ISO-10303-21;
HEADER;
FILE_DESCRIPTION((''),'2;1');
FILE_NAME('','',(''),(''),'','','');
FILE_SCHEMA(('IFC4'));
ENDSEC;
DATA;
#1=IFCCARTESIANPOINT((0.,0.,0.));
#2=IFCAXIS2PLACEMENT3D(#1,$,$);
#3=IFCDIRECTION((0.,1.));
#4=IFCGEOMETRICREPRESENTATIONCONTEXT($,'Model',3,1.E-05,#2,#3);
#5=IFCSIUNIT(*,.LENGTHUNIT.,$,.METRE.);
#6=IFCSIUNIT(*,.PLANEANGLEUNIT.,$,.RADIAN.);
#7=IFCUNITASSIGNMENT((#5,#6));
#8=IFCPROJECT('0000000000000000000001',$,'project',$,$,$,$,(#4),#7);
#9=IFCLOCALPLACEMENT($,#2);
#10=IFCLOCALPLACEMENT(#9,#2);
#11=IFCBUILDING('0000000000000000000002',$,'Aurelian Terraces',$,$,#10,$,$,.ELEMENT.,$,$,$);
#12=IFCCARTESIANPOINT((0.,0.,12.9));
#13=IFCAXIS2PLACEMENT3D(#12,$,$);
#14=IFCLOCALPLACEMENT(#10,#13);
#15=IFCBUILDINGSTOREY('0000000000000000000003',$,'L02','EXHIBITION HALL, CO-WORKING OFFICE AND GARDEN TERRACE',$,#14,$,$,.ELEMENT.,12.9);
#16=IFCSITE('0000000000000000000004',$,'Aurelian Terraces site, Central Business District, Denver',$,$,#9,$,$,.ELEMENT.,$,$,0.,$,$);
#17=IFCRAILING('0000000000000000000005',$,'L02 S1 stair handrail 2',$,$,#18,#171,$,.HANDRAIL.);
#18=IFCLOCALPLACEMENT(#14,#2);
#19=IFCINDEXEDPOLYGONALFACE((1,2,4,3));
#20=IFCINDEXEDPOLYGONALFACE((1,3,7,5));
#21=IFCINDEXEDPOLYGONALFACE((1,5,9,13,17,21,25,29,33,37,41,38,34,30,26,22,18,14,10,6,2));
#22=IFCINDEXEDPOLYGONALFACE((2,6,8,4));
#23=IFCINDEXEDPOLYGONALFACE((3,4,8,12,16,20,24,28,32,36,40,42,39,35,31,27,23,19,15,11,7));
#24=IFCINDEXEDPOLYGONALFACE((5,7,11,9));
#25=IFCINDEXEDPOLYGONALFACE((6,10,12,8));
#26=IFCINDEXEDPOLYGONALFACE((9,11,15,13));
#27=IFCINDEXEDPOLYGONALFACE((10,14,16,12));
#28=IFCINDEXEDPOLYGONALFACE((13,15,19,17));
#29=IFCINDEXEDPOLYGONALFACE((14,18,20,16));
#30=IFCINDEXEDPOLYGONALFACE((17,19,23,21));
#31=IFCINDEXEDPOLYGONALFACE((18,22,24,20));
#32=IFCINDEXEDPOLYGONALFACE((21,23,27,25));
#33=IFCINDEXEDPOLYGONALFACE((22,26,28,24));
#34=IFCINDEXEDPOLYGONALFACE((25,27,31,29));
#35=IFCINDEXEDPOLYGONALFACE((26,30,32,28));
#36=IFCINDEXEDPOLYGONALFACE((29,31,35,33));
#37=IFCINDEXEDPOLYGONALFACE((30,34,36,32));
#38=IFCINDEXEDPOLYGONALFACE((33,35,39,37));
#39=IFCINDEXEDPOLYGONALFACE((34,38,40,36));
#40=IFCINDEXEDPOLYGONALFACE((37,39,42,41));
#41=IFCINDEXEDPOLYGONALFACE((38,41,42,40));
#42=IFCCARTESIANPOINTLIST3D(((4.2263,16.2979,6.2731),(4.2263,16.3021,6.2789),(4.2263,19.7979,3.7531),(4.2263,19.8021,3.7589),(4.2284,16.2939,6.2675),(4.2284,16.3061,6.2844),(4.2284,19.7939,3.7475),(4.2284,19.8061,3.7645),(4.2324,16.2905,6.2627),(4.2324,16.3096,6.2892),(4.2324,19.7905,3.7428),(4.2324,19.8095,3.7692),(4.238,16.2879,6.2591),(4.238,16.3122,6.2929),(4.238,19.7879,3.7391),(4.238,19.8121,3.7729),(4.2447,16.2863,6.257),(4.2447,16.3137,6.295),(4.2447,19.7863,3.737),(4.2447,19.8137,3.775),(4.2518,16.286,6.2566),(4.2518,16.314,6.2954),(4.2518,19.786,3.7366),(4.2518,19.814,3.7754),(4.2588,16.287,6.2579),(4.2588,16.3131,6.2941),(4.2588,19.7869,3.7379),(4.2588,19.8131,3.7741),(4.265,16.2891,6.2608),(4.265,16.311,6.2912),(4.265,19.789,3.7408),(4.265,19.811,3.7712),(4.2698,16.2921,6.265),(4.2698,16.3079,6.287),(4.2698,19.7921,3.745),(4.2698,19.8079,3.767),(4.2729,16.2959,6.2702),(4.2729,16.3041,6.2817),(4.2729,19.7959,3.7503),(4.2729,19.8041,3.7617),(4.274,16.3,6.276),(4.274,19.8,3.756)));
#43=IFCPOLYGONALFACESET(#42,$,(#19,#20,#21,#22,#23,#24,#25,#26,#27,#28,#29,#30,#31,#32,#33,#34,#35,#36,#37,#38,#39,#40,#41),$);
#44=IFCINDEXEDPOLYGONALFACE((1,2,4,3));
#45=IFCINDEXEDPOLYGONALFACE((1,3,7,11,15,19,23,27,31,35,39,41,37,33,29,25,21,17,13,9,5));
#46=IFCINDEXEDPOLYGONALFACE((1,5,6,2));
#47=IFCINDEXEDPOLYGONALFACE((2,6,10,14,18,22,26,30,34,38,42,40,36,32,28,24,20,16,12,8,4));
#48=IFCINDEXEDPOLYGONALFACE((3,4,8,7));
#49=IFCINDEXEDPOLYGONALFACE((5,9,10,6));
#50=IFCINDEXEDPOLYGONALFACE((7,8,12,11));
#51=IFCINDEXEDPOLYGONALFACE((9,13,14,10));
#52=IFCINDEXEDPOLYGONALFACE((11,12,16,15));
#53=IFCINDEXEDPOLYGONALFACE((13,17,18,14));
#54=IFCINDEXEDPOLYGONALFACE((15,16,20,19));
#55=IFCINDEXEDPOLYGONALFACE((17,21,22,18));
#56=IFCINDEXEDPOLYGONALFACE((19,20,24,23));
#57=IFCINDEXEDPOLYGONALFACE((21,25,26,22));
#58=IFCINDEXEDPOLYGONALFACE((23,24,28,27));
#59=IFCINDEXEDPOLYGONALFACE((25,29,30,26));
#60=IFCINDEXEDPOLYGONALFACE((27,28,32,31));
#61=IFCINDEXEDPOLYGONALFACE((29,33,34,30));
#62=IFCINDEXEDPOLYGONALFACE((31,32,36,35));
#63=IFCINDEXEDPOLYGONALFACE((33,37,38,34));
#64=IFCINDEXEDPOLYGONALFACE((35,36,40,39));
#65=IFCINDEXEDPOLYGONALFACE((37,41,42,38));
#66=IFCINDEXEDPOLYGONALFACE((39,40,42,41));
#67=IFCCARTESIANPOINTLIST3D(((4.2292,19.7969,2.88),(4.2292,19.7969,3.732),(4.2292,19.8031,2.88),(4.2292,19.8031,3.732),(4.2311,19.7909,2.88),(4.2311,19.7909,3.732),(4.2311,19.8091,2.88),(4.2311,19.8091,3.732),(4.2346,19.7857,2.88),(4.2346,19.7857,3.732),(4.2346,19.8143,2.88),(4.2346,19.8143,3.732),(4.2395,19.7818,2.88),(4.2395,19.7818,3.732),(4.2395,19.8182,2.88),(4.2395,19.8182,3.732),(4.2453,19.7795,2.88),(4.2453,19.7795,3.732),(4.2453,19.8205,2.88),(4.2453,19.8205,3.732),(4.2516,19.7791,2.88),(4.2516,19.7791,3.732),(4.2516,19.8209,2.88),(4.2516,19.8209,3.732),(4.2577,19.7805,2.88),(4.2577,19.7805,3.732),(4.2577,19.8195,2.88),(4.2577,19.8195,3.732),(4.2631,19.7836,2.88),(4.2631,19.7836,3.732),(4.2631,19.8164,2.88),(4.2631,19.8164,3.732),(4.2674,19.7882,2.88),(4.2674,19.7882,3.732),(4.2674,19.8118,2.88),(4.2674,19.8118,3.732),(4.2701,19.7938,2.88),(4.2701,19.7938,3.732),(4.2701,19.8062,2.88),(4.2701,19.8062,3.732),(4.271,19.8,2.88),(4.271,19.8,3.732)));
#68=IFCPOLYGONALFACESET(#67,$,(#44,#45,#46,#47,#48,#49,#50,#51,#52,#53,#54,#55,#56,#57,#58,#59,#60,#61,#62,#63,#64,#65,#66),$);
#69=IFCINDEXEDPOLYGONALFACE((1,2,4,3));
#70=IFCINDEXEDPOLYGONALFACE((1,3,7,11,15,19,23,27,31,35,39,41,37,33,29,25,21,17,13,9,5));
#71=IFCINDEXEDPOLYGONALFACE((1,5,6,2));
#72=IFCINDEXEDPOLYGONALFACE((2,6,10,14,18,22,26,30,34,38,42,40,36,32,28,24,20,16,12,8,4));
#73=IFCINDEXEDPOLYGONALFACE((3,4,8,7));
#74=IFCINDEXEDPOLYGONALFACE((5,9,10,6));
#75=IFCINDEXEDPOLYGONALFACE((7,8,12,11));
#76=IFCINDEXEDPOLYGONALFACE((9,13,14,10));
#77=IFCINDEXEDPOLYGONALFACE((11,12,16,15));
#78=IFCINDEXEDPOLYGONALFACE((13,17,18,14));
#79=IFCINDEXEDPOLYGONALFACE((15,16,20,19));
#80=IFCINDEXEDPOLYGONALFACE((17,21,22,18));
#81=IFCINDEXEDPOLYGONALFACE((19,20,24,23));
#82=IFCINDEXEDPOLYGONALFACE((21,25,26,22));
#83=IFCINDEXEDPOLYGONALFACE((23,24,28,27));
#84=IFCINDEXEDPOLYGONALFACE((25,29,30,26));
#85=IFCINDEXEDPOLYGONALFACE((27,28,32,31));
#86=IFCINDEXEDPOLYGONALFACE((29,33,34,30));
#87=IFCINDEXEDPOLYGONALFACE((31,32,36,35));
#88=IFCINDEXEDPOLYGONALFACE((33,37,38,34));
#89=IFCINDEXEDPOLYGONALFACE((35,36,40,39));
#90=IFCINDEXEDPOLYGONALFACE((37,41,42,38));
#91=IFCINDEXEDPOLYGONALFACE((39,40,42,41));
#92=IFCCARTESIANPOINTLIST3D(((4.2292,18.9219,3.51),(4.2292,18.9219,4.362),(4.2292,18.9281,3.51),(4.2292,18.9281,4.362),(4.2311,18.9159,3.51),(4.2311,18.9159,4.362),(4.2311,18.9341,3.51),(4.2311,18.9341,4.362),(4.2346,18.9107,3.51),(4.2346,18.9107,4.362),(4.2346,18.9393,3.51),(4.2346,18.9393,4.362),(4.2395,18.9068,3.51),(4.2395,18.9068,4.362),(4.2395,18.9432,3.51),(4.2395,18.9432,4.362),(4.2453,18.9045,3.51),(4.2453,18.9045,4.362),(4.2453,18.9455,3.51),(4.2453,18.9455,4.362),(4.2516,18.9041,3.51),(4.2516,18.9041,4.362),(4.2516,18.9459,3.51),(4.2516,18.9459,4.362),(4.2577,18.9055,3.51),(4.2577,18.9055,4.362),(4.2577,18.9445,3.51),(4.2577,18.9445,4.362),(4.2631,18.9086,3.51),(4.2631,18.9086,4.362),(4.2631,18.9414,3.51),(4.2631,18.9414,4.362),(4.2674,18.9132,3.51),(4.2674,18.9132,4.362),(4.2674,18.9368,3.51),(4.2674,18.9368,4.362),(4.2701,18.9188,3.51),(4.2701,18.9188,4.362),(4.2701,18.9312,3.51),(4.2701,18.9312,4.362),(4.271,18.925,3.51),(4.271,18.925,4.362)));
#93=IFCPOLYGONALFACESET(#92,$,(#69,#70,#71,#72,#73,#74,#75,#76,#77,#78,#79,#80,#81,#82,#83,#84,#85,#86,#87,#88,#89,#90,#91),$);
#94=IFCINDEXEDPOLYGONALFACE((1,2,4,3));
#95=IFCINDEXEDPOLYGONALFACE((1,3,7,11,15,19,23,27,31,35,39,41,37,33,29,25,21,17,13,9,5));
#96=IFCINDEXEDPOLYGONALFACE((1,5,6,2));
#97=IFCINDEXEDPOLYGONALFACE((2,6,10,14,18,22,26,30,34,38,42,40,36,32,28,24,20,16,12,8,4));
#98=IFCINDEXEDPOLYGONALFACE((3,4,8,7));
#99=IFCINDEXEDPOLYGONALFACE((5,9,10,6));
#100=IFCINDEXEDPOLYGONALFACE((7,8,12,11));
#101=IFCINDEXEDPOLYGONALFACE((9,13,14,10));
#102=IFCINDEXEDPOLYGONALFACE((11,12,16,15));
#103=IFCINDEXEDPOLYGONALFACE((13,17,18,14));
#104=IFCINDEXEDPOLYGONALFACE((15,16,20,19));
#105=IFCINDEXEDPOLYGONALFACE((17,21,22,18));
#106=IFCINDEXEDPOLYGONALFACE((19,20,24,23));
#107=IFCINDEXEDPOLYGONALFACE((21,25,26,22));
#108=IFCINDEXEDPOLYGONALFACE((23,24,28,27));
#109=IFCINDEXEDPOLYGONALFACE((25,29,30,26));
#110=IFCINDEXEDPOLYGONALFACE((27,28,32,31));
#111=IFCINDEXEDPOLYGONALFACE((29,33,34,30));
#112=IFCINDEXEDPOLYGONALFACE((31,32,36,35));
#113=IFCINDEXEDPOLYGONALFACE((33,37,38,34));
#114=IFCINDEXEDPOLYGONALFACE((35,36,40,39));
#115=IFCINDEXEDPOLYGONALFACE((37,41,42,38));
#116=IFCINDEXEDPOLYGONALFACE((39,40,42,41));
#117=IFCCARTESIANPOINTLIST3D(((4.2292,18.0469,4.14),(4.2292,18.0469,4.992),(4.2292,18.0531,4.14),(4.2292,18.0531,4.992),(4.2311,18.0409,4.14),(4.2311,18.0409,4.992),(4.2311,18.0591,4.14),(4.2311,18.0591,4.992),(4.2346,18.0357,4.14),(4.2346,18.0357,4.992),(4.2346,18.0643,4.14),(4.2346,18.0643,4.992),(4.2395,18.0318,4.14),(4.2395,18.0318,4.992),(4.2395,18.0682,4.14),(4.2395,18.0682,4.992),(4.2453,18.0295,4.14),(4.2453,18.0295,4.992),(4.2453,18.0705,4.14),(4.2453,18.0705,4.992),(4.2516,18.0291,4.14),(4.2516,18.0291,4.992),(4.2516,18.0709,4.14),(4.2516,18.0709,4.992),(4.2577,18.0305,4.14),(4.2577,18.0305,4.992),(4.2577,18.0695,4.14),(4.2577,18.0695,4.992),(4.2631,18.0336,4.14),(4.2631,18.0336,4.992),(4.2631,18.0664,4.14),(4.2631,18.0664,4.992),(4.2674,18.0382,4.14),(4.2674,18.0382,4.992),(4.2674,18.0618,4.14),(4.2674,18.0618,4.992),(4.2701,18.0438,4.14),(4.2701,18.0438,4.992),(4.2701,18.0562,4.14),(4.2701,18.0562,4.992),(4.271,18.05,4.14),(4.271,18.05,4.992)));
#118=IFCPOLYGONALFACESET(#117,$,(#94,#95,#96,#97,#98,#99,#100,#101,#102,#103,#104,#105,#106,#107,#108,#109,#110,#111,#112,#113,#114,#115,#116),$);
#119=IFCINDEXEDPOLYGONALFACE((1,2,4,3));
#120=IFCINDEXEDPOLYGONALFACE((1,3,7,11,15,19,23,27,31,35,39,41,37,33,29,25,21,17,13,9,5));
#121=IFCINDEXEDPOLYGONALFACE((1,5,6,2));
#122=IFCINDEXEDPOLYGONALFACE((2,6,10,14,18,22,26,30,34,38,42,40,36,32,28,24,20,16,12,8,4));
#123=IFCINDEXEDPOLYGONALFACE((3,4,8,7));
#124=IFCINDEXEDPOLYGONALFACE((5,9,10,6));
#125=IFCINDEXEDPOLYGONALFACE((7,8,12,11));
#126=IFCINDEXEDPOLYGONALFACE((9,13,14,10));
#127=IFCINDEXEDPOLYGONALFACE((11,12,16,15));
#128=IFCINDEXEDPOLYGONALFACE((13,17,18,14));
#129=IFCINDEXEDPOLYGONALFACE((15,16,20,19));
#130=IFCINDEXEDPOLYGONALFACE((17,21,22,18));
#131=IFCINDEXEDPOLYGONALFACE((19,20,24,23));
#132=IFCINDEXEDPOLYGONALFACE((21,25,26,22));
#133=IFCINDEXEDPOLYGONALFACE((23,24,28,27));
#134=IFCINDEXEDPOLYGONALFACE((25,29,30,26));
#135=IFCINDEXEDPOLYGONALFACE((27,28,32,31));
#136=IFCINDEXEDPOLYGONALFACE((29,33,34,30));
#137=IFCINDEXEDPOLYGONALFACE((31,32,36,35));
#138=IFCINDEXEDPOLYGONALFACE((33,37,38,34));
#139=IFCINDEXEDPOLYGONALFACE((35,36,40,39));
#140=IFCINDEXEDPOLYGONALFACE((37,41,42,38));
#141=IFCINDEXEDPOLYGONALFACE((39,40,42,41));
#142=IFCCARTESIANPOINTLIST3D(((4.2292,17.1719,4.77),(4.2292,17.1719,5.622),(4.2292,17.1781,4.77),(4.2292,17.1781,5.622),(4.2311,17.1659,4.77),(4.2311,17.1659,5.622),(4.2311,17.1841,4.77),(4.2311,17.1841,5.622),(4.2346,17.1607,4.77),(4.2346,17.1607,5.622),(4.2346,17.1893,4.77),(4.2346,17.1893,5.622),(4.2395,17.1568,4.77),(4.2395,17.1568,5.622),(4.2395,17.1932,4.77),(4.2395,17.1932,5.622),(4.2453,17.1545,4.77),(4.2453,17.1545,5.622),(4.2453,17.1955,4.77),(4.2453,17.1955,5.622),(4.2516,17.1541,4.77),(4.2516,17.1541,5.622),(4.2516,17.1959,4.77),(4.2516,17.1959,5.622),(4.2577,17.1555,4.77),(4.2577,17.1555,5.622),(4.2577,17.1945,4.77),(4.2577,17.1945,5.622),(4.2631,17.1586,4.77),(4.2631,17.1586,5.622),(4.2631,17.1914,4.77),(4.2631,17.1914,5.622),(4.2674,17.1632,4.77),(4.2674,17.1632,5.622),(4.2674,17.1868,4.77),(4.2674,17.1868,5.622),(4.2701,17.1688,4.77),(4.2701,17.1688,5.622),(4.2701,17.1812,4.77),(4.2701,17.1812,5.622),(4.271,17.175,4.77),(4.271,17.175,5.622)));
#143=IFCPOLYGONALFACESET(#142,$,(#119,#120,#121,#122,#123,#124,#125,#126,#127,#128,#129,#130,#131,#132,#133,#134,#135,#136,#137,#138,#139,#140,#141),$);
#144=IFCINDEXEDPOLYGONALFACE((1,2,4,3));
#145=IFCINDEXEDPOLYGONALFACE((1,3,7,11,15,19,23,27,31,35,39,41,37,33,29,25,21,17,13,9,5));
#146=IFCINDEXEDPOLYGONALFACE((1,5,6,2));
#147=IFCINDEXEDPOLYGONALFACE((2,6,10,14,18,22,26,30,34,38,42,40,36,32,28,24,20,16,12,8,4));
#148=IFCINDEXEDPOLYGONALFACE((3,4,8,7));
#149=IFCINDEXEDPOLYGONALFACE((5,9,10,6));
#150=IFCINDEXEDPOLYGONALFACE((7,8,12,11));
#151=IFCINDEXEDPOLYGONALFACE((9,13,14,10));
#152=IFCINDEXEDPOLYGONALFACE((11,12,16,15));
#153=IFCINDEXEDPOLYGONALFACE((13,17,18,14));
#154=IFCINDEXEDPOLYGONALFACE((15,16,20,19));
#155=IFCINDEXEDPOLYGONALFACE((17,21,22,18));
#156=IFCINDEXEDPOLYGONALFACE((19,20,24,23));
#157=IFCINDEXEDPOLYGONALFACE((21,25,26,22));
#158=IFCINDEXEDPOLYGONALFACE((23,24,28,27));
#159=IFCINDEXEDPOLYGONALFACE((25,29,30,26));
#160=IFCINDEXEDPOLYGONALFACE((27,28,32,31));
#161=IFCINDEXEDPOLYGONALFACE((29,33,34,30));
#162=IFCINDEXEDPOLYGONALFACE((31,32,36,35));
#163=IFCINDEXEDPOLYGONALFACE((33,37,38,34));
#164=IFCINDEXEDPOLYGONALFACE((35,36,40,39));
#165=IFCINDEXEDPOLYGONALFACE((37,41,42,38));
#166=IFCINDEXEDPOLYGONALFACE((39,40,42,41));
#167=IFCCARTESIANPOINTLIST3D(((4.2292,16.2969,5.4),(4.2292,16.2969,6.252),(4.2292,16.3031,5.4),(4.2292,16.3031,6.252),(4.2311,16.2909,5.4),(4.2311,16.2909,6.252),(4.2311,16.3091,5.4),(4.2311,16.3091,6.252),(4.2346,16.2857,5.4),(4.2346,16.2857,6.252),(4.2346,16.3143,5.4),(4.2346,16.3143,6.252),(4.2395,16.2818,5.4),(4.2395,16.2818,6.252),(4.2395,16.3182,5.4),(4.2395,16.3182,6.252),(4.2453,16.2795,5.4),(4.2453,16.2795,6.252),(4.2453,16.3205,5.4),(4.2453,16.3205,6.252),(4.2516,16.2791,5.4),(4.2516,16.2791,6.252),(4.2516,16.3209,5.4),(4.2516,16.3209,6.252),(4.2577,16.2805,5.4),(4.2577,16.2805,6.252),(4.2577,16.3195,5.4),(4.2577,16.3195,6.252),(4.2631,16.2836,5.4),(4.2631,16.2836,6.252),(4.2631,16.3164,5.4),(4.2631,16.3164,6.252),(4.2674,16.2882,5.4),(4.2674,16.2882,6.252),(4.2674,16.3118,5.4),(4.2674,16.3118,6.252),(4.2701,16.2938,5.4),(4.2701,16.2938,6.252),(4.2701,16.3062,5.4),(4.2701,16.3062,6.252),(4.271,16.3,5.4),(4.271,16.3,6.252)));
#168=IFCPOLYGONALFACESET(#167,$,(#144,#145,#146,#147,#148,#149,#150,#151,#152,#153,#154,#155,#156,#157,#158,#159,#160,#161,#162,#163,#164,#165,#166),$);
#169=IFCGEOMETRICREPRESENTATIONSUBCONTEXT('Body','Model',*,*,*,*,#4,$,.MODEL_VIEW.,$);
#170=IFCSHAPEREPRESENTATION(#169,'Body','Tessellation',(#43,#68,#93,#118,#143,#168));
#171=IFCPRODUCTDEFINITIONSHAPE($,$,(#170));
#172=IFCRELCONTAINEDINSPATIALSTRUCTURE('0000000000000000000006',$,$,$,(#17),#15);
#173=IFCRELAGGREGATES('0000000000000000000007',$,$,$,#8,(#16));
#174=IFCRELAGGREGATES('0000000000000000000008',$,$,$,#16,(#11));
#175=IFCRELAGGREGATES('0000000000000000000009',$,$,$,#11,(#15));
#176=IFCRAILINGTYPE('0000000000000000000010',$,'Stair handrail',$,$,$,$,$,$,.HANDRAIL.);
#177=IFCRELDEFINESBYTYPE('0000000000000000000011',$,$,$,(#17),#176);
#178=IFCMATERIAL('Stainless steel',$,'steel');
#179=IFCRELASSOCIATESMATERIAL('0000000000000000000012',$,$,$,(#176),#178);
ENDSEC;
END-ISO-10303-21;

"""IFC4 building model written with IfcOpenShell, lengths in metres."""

from ifc_helpers import new_model, si_unit, direction, frame, origin, origin_2d, place, context, subcontext, project, spatial, circle, extrude, source, transform, mapped, material, type_object, element, save


model = new_model("IFC4")

# Units and contexts
model_context = context("Model", 3, precision=1e-05, world=origin(), true_north=direction((0.0, 1.0)))
body_context = subcontext(model_context, "Body", "Model", "MODEL_VIEW")
ifc_project = project(units=[si_unit("LENGTHUNIT", "METRE"), si_unit("PLANEANGLEUNIT", "RADIAN")], contexts=[model_context])

# Site, building, storey
site_placement = place(None, origin())
site = spatial("IfcSite", under=ifc_project, at=site_placement, Name="Aurelian Terraces site, Central Business District, Denver", CompositionType="ELEMENT", RefElevation=0.0)
building_placement = place(site_placement, origin())
building = spatial("IfcBuilding", under=site, at=building_placement, Name="Aurelian Terraces", CompositionType="ELEMENT")
storey_placement = place(building_placement, frame((0.0, 0.0, 12.9)))
storey = spatial("IfcBuildingStorey", under=building, at=storey_placement, Name="L02", Description="EXHIBITION HALL, CO-WORKING OFFICE AND GARDEN TERRACE", CompositionType="ELEMENT", Elevation=12.9)

# Shared definitions
ifc_material_1 = material(Name="Stainless steel", Category="steel")

# Railing
railing_type_1 = type_object("IfcRailingType", Name="Stair handrail", PredefinedType="HANDRAIL", material=ifc_material_1)
shared_shape_1 = source(origin(), body_context, "Body", "SweptSolid", [
    extrude(circle(Radius=0.024, at=origin_2d()), frame((0.0, 0.0, 0.876), z_axis=(0.0, -0.811534, 0.584305), x_axis=(1.0, 0.0, 0.0)), (0.0, 0.0, 1.0), 4.3128),
    extrude(circle(Radius=0.021, at=origin_2d()), origin(), (0.0, 0.0, 1.0), 0.852),
    extrude(circle(Radius=0.021, at=origin_2d()), frame((0.0, -0.875, 0.63)), (0.0, 0.0, 1.0), 0.852),
    extrude(circle(Radius=0.021, at=origin_2d()), frame((0.0, -1.75, 1.26)), (0.0, 0.0, 1.0), 0.852),
    extrude(circle(Radius=0.021, at=origin_2d()), frame((0.0, -2.625, 1.89)), (0.0, 0.0, 1.0), 0.852),
    extrude(circle(Radius=0.021, at=origin_2d()), frame((0.0, -3.5, 2.52)), (0.0, 0.0, 1.0), 0.852),
])
railing_1_placement = place(storey_placement, frame((4.25, 19.8, 2.88)))
element("IfcRailing", 1, at=railing_1_placement, inside=storey, type_object=railing_type_1, Name="L02 S1 stair handrail 2", PredefinedType="HANDRAIL", context=body_context, shape_type="MappedRepresentation", body=[
    mapped(shared_shape_1, transform((0.0, 0.0, 0.0), scale=1.0)),
])

save(model, "model.ifc")
